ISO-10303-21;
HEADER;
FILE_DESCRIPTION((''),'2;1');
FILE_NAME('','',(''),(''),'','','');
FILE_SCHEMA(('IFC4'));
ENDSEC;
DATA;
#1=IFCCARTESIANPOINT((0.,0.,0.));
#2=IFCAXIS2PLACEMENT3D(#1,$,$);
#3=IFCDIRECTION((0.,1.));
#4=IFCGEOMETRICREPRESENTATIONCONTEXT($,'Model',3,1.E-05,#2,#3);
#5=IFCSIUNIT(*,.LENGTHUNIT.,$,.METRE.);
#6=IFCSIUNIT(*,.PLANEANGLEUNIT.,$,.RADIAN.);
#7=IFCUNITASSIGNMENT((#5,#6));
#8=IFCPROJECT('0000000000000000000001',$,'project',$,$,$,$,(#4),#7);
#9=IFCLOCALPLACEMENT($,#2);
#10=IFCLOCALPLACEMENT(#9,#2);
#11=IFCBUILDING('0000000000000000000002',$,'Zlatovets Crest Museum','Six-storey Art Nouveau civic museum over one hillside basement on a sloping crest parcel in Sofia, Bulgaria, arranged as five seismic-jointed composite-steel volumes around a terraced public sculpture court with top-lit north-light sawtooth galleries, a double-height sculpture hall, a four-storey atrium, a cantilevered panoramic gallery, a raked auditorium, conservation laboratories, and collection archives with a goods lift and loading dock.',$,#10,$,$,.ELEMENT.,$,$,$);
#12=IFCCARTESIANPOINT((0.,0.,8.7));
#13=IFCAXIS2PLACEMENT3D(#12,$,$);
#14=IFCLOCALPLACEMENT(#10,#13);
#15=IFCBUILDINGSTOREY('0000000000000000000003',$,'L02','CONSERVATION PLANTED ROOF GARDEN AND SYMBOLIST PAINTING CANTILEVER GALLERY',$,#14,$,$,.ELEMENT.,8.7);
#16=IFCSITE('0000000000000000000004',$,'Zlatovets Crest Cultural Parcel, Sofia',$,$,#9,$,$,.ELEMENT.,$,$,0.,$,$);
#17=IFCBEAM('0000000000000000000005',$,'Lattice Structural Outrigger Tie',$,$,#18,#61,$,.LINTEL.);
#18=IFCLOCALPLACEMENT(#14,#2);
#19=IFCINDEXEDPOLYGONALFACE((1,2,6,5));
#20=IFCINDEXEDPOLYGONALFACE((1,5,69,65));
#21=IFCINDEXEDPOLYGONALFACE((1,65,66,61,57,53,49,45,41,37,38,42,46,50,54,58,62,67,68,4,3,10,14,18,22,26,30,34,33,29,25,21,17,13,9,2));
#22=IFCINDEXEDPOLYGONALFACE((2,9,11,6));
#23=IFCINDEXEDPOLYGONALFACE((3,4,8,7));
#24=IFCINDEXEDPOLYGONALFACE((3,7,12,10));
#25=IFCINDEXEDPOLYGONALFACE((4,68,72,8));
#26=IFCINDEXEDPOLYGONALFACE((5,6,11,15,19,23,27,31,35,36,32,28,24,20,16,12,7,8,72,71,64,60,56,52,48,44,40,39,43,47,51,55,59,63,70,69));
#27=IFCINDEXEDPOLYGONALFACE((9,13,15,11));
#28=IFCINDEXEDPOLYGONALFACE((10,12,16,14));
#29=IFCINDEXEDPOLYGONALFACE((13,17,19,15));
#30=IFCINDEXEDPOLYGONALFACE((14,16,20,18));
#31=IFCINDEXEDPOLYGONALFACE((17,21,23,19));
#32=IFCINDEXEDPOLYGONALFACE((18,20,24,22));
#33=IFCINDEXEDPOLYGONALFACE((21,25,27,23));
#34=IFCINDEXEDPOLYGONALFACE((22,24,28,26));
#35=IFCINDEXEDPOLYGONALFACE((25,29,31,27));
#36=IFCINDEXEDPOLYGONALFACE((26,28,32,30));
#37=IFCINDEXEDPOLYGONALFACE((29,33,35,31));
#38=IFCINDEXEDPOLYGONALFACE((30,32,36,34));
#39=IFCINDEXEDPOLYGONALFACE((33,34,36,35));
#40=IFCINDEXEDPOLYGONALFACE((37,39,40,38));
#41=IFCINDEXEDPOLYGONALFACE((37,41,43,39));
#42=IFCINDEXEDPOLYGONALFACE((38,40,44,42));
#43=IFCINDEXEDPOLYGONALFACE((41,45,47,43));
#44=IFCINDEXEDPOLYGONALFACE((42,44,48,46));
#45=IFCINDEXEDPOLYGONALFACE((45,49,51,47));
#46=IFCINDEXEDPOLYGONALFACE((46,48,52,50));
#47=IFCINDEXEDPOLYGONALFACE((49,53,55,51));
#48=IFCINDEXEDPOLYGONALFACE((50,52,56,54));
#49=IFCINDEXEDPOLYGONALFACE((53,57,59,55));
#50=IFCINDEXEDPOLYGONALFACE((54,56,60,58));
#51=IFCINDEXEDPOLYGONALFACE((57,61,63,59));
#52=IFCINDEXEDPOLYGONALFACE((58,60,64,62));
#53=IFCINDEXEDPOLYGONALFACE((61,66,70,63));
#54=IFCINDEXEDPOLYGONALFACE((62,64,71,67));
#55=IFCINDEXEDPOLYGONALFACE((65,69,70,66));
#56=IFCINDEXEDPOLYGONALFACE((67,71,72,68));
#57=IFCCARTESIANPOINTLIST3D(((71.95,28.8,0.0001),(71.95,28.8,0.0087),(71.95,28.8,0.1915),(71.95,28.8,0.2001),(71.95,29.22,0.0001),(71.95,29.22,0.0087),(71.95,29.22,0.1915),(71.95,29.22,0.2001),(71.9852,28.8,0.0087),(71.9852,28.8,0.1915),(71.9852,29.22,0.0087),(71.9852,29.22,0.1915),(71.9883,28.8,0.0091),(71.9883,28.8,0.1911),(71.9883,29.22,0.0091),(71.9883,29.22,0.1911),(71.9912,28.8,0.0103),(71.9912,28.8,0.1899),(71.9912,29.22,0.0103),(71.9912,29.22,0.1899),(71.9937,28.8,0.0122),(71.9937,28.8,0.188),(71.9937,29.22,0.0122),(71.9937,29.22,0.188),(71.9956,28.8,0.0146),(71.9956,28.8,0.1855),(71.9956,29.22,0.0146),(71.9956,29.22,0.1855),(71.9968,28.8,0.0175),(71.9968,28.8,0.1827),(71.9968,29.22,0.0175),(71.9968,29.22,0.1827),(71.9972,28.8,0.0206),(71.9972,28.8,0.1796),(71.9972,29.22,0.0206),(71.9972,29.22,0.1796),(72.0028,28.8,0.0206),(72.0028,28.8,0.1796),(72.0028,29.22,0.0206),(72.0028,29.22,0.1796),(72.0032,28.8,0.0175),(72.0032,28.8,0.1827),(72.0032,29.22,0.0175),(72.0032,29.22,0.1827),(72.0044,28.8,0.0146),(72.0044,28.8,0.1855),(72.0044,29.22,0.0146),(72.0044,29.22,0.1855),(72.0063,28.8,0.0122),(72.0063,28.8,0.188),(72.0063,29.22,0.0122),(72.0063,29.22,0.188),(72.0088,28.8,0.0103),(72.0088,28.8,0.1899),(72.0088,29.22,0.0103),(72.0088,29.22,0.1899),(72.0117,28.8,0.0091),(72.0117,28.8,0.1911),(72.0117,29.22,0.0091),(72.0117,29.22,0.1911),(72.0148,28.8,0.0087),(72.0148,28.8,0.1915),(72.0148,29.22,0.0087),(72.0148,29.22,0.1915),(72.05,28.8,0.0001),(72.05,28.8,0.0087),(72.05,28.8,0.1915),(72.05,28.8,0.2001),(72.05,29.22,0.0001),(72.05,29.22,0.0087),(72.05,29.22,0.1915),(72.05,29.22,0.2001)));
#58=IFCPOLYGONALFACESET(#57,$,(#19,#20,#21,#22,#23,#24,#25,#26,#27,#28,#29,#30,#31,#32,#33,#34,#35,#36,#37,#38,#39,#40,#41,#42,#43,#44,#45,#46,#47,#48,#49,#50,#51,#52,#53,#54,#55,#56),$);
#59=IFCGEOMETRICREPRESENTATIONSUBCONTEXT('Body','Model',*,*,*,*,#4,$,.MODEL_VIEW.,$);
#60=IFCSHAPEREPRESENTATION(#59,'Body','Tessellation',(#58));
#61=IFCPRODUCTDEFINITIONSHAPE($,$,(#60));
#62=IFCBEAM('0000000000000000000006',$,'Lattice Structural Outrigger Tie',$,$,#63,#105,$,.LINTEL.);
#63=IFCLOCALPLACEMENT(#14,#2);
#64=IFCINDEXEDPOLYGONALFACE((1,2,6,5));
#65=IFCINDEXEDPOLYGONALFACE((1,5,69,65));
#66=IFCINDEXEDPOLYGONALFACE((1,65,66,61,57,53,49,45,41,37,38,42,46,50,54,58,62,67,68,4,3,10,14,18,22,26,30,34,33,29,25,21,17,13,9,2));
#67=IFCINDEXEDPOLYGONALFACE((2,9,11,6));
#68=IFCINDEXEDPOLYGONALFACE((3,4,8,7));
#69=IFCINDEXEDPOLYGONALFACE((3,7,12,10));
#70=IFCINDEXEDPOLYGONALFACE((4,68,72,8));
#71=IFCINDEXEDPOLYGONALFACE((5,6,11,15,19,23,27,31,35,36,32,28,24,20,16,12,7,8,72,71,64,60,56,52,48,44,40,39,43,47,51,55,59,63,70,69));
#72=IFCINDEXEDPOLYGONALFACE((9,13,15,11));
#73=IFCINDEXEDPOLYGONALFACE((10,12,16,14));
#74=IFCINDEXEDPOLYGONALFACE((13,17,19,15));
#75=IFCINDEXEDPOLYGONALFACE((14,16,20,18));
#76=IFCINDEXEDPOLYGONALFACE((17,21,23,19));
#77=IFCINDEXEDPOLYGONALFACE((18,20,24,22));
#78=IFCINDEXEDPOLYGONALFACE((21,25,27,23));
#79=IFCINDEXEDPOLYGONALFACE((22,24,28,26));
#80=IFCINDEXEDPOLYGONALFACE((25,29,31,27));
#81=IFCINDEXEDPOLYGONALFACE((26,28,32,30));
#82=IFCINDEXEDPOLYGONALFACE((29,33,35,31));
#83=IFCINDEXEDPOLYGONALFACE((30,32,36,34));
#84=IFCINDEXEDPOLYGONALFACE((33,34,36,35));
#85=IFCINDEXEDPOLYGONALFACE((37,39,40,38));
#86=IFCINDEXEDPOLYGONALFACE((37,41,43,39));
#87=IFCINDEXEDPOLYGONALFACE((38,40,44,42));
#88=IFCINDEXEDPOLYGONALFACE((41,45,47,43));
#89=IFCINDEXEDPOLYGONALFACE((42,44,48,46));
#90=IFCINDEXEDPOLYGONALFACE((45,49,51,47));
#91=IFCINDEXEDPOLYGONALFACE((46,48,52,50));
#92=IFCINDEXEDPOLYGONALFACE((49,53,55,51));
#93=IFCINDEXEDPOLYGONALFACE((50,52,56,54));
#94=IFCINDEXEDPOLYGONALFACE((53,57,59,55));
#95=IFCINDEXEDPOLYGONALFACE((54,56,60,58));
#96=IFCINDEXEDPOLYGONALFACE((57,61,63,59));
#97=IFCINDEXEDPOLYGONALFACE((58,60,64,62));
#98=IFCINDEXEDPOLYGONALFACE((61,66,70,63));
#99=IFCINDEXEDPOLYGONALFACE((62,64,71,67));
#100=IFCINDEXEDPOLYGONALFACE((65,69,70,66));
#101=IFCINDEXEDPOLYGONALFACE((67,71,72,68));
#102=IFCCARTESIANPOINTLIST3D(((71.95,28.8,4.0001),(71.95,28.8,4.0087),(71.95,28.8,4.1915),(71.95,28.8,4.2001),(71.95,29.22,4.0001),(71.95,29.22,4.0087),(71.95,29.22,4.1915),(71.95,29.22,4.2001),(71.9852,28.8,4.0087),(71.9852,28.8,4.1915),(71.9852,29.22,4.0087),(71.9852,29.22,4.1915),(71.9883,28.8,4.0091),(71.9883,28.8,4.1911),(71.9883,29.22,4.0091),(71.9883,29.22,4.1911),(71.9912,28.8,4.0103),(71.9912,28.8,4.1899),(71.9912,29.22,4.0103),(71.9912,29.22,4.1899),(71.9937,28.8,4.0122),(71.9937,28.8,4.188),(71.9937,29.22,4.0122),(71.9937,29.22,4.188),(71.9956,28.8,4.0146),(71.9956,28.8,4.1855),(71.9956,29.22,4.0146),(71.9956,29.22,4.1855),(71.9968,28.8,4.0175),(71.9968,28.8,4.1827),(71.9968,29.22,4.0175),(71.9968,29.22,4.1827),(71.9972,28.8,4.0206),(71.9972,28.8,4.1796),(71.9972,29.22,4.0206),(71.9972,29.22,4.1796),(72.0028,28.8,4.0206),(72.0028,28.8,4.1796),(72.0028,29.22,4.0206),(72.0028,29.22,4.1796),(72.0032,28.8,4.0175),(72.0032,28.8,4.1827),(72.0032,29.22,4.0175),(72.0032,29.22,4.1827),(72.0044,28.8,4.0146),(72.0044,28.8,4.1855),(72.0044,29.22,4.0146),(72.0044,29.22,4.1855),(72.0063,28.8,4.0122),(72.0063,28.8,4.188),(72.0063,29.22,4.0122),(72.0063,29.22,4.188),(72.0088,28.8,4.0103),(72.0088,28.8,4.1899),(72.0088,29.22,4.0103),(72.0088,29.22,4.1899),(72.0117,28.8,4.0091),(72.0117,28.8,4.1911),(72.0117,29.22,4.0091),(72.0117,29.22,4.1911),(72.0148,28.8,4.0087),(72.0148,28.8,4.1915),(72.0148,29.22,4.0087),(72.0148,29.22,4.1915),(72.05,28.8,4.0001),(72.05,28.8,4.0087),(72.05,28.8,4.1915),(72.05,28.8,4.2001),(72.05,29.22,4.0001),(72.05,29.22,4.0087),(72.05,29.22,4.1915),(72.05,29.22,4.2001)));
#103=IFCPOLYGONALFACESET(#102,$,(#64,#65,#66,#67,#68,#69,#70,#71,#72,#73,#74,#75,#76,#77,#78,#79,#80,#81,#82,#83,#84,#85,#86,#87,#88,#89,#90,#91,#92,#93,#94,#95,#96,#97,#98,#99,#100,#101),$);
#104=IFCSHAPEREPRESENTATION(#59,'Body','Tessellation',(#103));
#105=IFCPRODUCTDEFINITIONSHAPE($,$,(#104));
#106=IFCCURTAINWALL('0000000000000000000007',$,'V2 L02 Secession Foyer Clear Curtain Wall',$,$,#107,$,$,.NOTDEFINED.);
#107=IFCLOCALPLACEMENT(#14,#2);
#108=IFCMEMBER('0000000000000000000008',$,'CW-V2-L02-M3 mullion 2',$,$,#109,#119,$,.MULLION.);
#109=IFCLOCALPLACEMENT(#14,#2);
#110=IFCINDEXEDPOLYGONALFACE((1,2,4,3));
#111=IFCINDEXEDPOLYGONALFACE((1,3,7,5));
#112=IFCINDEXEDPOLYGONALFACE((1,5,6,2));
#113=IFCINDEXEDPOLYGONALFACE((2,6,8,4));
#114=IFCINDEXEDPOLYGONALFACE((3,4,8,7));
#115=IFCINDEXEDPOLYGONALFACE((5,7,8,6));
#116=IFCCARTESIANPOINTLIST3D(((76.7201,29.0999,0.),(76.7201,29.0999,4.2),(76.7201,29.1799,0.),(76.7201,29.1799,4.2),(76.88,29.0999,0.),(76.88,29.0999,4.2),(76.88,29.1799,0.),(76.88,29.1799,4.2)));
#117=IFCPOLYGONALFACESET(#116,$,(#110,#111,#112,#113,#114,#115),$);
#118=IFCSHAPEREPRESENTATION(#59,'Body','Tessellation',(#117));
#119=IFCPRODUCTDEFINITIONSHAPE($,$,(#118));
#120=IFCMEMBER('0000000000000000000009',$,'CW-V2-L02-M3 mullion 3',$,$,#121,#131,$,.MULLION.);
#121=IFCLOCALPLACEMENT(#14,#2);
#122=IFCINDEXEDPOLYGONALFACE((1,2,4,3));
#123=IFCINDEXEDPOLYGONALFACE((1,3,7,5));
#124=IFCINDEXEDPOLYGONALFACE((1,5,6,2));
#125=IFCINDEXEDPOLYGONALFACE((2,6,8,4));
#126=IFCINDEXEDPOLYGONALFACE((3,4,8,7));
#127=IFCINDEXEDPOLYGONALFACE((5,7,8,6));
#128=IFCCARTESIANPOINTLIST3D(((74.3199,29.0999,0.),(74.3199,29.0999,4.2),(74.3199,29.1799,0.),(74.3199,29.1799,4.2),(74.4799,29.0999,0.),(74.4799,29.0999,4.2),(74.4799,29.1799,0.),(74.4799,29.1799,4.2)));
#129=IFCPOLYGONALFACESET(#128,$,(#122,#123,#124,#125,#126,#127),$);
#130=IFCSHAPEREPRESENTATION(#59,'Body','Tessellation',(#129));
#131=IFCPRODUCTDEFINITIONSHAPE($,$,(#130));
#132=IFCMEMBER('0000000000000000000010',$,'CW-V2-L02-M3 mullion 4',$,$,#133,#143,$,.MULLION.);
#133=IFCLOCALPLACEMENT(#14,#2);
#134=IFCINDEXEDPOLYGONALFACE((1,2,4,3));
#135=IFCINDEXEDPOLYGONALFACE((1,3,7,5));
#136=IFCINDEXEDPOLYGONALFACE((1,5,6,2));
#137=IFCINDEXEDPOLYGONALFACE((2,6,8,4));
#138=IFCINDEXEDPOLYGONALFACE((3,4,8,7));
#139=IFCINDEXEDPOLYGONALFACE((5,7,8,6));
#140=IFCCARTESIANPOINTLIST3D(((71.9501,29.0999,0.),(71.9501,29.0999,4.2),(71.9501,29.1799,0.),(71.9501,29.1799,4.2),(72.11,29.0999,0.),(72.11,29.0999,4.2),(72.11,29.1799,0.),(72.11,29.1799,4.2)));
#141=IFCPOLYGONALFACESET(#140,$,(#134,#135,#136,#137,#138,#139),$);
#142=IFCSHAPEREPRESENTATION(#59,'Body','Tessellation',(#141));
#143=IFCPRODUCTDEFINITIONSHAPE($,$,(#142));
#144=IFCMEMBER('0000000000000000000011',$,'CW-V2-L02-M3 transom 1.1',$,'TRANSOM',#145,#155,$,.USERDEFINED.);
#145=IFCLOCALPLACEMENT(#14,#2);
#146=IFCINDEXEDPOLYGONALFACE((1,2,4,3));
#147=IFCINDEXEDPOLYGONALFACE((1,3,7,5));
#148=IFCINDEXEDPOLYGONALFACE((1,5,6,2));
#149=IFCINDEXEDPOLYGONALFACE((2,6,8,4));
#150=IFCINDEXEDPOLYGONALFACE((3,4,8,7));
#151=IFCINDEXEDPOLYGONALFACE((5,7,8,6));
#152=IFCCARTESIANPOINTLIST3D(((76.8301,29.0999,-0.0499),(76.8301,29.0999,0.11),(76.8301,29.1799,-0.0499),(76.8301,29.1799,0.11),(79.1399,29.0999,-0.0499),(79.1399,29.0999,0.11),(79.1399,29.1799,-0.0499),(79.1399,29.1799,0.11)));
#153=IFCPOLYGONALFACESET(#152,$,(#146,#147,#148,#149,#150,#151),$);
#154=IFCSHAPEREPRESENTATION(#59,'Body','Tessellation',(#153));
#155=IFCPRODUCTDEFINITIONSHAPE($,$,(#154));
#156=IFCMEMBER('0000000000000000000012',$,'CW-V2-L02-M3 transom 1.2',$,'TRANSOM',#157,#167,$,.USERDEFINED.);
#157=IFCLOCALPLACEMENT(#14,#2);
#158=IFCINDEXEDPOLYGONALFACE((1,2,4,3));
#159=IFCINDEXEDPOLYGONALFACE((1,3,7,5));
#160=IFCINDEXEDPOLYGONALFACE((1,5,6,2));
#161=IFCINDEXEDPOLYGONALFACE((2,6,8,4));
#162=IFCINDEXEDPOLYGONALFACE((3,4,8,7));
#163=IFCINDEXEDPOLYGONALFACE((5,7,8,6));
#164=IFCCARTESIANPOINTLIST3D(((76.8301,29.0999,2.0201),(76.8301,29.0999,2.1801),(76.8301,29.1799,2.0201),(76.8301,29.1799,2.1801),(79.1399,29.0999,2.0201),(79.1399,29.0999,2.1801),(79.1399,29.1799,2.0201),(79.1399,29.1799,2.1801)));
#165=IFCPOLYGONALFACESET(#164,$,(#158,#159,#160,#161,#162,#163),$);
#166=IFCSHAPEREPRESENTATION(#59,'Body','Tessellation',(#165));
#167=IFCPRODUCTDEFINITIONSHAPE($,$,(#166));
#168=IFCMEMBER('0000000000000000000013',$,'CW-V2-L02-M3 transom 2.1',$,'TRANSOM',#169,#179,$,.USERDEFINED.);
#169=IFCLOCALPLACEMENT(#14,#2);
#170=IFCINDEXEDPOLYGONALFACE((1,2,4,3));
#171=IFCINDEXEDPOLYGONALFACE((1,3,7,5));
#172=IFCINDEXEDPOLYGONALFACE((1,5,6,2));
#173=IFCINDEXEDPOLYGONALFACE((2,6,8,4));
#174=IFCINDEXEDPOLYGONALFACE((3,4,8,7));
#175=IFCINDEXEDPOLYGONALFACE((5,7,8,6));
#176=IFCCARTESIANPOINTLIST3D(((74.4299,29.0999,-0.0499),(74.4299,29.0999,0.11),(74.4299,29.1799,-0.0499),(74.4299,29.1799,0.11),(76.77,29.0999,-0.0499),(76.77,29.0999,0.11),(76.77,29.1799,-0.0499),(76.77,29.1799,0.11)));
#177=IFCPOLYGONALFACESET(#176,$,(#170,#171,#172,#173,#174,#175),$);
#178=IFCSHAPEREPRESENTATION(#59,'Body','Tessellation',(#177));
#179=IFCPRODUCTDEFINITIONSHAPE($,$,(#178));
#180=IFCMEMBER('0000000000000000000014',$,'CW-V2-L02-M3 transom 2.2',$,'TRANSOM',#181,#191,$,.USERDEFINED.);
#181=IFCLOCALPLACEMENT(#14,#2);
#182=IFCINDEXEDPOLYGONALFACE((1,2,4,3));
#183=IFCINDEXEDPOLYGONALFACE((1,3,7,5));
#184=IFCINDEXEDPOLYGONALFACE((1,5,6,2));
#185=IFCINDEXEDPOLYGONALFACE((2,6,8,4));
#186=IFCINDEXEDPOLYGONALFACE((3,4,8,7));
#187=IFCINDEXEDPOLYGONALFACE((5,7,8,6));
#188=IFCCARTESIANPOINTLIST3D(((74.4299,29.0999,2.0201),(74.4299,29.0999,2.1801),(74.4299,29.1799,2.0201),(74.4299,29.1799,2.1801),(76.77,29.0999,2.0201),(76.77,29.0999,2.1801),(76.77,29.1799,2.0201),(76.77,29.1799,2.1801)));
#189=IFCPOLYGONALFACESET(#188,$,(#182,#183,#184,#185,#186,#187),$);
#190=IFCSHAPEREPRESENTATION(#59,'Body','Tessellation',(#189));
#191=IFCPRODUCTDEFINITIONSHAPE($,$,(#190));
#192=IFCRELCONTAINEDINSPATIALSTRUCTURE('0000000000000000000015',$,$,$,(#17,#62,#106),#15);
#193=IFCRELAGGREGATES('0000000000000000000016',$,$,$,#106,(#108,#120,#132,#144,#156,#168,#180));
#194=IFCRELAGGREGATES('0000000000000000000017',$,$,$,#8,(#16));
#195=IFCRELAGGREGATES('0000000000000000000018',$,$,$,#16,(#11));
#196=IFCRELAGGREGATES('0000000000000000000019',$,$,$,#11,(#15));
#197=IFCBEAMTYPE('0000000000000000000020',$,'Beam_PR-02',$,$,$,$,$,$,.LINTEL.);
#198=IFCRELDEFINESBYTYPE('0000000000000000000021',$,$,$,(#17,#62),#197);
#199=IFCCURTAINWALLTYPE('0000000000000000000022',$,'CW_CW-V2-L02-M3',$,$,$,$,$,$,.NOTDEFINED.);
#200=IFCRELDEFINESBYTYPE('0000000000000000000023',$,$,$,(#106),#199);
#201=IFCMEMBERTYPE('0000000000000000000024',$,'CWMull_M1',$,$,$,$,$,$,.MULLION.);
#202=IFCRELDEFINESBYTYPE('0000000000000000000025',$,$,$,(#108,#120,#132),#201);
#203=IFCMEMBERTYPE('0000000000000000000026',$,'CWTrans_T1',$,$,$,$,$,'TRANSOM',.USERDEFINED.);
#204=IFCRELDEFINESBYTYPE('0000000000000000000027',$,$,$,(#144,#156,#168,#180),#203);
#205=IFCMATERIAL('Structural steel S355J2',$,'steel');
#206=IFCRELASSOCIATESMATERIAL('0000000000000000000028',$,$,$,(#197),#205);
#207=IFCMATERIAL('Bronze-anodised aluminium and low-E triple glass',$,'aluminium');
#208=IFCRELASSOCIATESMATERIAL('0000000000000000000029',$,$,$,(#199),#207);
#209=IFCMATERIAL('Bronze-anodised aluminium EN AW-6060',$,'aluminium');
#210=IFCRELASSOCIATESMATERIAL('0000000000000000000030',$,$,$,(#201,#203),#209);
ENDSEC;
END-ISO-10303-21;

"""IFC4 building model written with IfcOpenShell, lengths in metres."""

from ifc_helpers import new_model, si_unit, direction, frame, origin, origin_2d, place, context, subcontext, project, spatial, rectangle, i_section, extrude, material, material_profile, profile_set, type_object, element, aggregate, save


model = new_model("IFC4")

# Units and contexts
model_context = context("Model", 3, precision=1e-05, world=origin(), true_north=direction((0.0, 1.0)))
body_context = subcontext(model_context, "Body", "Model", "MODEL_VIEW")
ifc_project = project(units=[si_unit("LENGTHUNIT", "METRE"), si_unit("PLANEANGLEUNIT", "RADIAN")], contexts=[model_context])

# Site, building, storey
site_placement = place(None, origin())
site = spatial("IfcSite", under=ifc_project, at=site_placement, Name="Zlatovets Crest Cultural Parcel, Sofia", CompositionType="ELEMENT", RefElevation=0.0)
building_placement = place(site_placement, origin())
building = spatial("IfcBuilding", under=site, at=building_placement, Name="Zlatovets Crest Museum", Description="Six-storey Art Nouveau civic museum over one hillside basement on a sloping crest parcel in Sofia, Bulgaria, arranged as five seismic-jointed composite-steel volumes around a terraced public sculpture court with top-lit north-light sawtooth galleries, a double-height sculpture hall, a four-storey atrium, a cantilevered panoramic gallery, a raked auditorium, conservation laboratories, and collection archives with a goods lift and loading dock.", CompositionType="ELEMENT")
storey_placement = place(building_placement, frame((0.0, 0.0, 8.7)))
storey = spatial("IfcBuildingStorey", under=building, at=storey_placement, Name="L02", Description="CONSERVATION PLANTED ROOF GARDEN AND SYMBOLIST PAINTING CANTILEVER GALLERY", CompositionType="ELEMENT", Elevation=8.7)

# Shared definitions
ifc_material_1 = material(Name="Structural steel S355J2", Category="steel")

# Beams
ifc_material_profile_1 = material_profile(ifc_material_1, i_section(OverallWidth=0.1001, OverallDepth=0.2, WebThickness=0.0056, FlangeThickness=0.0085, FilletRadius=0.012, at=origin_2d()), Name="IPE 200")
ifc_profile_set_1 = profile_set([ifc_material_profile_1], Name="Structural steel S355J2")
beam_type_1 = type_object("IfcBeamType", Name="Beam_PR-02", PredefinedType="LINTEL", material=ifc_profile_set_1)
for number, where, z_axis, x_axis, name in (
    (1, (72.0, 28.8, 0.1001), (0.0, 1.0, 0.0), (-1.0, 0.0, 0.0), "Lattice Structural Outrigger Tie"),
    (2, (72.0, 28.8, 4.1001), (0.0, 1.0, 0.0), (-1.0, 0.0, 0.0), "Lattice Structural Outrigger Tie"),
):
    element("IfcBeam", number, at=place(storey_placement, frame(where, z_axis=z_axis, x_axis=x_axis)), inside=storey, type_object=beam_type_1, Name=name, PredefinedType="LINTEL", context=body_context, shape_type="SweptSolid", body=[
        extrude(i_section(OverallWidth=0.1001, OverallDepth=0.2, WebThickness=0.0056, FlangeThickness=0.0085, FilletRadius=0.012, at=origin_2d()), origin(), (0.0, 0.0, 1.0), 0.4199),
    ])

# Curtain wall, members
ifc_material_2 = material(Name="Bronze-anodised aluminium and low-E triple glass", Category="aluminium")
curtain_wall_type = type_object("IfcCurtainWallType", Name="CW_CW-V2-L02-M3", PredefinedType="NOTDEFINED", material=ifc_material_2)
curtain_wall_placement = place(storey_placement, origin())
curtain_wall = element("IfcCurtainWall", 3, at=curtain_wall_placement, inside=storey, type_object=curtain_wall_type, Name="V2 L02 Secession Foyer Clear Curtain Wall", PredefinedType="NOTDEFINED")
ifc_material_3 = material(Name="Bronze-anodised aluminium EN AW-6060", Category="aluminium")
ifc_material_profile_2 = material_profile(ifc_material_3, rectangle(XDim=0.0801, YDim=0.1599, at=origin_2d()), Name="ALU 80x160")
ifc_profile_set_2 = profile_set([ifc_material_profile_2], Name="Bronze-anodised aluminium EN AW-6060")
member_type_1 = type_object("IfcMemberType", Name="CWMull_M1", PredefinedType="MULLION", material=ifc_profile_set_2)
member_1_placement = place(storey_placement, frame((76.8, 29.1399, 0.0), z_axis=(0.0, 0.0, 1.0), x_axis=(0.0, -1.0, 0.0)))
member_1 = element("IfcMember", 4, at=member_1_placement, type_object=member_type_1, Name="CW-V2-L02-M3 mullion 2", PredefinedType="MULLION", context=body_context, shape_type="SweptSolid", body=[
    extrude(rectangle(XDim=0.0801, YDim=0.1599, at=origin_2d()), origin(), (0.0, 0.0, 1.0), 4.2),
])
member_2_placement = place(storey_placement, frame((74.3999, 29.1399, 0.0), z_axis=(0.0, 0.0, 1.0), x_axis=(0.0, -1.0, 0.0)))
member_2 = element("IfcMember", 5, at=member_2_placement, type_object=member_type_1, Name="CW-V2-L02-M3 mullion 3", PredefinedType="MULLION", context=body_context, shape_type="SweptSolid", body=[
    extrude(rectangle(XDim=0.0801, YDim=0.1599, at=origin_2d()), origin(), (0.0, 0.0, 1.0), 4.2),
])
member_3_placement = place(storey_placement, frame((72.03, 29.1399, 0.0), z_axis=(0.0, 0.0, 1.0), x_axis=(0.0, -1.0, 0.0)))
member_3 = element("IfcMember", 6, at=member_3_placement, type_object=member_type_1, Name="CW-V2-L02-M3 mullion 4", PredefinedType="MULLION", context=body_context, shape_type="SweptSolid", body=[
    extrude(rectangle(XDim=0.0801, YDim=0.1599, at=origin_2d()), origin(), (0.0, 0.0, 1.0), 4.2),
])
ifc_material_profile_3 = material_profile(ifc_material_3, rectangle(XDim=0.0801, YDim=0.1599, at=origin_2d()), Name="ALU 80x160")
ifc_profile_set_3 = profile_set([ifc_material_profile_3], Name="Bronze-anodised aluminium EN AW-6060")
member_type_2 = type_object("IfcMemberType", Name="CWTrans_T1", ElementType="TRANSOM", PredefinedType="USERDEFINED", material=ifc_profile_set_3)
member_4_placement = place(storey_placement, frame((79.1399, 29.1399, 0.03), z_axis=(-1.0, 0.0, 0.0), x_axis=(0.0, -1.0, 0.0)))
member_4 = element("IfcMember", 7, at=member_4_placement, type_object=member_type_2, Name="CW-V2-L02-M3 transom 1.1", ObjectType="TRANSOM", PredefinedType="USERDEFINED", context=body_context, shape_type="SweptSolid", body=[
    extrude(rectangle(XDim=0.0801, YDim=0.1599, at=origin_2d()), origin(), (0.0, 0.0, 1.0), 2.3098),
])
member_5_placement = place(storey_placement, frame((79.1399, 29.1399, 2.1001), z_axis=(-1.0, 0.0, 0.0), x_axis=(0.0, -1.0, 0.0)))
member_5 = element("IfcMember", 8, at=member_5_placement, type_object=member_type_2, Name="CW-V2-L02-M3 transom 1.2", ObjectType="TRANSOM", PredefinedType="USERDEFINED", context=body_context, shape_type="SweptSolid", body=[
    extrude(rectangle(XDim=0.0801, YDim=0.1599, at=origin_2d()), origin(), (0.0, 0.0, 1.0), 2.3098),
])
member_6_placement = place(storey_placement, frame((76.77, 29.1399, 0.03), z_axis=(-1.0, 0.0, 0.0), x_axis=(0.0, -1.0, 0.0)))
member_6 = element("IfcMember", 9, at=member_6_placement, type_object=member_type_2, Name="CW-V2-L02-M3 transom 2.1", ObjectType="TRANSOM", PredefinedType="USERDEFINED", context=body_context, shape_type="SweptSolid", body=[
    extrude(rectangle(XDim=0.0801, YDim=0.1599, at=origin_2d()), origin(), (0.0, 0.0, 1.0), 2.3401),
])
member_7_placement = place(storey_placement, frame((76.77, 29.1399, 2.1001), z_axis=(-1.0, 0.0, 0.0), x_axis=(0.0, -1.0, 0.0)))
member_7 = element("IfcMember", 10, at=member_7_placement, type_object=member_type_2, Name="CW-V2-L02-M3 transom 2.2", ObjectType="TRANSOM", PredefinedType="USERDEFINED", context=body_context, shape_type="SweptSolid", body=[
    extrude(rectangle(XDim=0.0801, YDim=0.1599, at=origin_2d()), origin(), (0.0, 0.0, 1.0), 2.3401),
])
aggregate(curtain_wall, [member_1, member_2, member_3, member_4, member_5, member_6, member_7])

save(model, "model.ifc")
